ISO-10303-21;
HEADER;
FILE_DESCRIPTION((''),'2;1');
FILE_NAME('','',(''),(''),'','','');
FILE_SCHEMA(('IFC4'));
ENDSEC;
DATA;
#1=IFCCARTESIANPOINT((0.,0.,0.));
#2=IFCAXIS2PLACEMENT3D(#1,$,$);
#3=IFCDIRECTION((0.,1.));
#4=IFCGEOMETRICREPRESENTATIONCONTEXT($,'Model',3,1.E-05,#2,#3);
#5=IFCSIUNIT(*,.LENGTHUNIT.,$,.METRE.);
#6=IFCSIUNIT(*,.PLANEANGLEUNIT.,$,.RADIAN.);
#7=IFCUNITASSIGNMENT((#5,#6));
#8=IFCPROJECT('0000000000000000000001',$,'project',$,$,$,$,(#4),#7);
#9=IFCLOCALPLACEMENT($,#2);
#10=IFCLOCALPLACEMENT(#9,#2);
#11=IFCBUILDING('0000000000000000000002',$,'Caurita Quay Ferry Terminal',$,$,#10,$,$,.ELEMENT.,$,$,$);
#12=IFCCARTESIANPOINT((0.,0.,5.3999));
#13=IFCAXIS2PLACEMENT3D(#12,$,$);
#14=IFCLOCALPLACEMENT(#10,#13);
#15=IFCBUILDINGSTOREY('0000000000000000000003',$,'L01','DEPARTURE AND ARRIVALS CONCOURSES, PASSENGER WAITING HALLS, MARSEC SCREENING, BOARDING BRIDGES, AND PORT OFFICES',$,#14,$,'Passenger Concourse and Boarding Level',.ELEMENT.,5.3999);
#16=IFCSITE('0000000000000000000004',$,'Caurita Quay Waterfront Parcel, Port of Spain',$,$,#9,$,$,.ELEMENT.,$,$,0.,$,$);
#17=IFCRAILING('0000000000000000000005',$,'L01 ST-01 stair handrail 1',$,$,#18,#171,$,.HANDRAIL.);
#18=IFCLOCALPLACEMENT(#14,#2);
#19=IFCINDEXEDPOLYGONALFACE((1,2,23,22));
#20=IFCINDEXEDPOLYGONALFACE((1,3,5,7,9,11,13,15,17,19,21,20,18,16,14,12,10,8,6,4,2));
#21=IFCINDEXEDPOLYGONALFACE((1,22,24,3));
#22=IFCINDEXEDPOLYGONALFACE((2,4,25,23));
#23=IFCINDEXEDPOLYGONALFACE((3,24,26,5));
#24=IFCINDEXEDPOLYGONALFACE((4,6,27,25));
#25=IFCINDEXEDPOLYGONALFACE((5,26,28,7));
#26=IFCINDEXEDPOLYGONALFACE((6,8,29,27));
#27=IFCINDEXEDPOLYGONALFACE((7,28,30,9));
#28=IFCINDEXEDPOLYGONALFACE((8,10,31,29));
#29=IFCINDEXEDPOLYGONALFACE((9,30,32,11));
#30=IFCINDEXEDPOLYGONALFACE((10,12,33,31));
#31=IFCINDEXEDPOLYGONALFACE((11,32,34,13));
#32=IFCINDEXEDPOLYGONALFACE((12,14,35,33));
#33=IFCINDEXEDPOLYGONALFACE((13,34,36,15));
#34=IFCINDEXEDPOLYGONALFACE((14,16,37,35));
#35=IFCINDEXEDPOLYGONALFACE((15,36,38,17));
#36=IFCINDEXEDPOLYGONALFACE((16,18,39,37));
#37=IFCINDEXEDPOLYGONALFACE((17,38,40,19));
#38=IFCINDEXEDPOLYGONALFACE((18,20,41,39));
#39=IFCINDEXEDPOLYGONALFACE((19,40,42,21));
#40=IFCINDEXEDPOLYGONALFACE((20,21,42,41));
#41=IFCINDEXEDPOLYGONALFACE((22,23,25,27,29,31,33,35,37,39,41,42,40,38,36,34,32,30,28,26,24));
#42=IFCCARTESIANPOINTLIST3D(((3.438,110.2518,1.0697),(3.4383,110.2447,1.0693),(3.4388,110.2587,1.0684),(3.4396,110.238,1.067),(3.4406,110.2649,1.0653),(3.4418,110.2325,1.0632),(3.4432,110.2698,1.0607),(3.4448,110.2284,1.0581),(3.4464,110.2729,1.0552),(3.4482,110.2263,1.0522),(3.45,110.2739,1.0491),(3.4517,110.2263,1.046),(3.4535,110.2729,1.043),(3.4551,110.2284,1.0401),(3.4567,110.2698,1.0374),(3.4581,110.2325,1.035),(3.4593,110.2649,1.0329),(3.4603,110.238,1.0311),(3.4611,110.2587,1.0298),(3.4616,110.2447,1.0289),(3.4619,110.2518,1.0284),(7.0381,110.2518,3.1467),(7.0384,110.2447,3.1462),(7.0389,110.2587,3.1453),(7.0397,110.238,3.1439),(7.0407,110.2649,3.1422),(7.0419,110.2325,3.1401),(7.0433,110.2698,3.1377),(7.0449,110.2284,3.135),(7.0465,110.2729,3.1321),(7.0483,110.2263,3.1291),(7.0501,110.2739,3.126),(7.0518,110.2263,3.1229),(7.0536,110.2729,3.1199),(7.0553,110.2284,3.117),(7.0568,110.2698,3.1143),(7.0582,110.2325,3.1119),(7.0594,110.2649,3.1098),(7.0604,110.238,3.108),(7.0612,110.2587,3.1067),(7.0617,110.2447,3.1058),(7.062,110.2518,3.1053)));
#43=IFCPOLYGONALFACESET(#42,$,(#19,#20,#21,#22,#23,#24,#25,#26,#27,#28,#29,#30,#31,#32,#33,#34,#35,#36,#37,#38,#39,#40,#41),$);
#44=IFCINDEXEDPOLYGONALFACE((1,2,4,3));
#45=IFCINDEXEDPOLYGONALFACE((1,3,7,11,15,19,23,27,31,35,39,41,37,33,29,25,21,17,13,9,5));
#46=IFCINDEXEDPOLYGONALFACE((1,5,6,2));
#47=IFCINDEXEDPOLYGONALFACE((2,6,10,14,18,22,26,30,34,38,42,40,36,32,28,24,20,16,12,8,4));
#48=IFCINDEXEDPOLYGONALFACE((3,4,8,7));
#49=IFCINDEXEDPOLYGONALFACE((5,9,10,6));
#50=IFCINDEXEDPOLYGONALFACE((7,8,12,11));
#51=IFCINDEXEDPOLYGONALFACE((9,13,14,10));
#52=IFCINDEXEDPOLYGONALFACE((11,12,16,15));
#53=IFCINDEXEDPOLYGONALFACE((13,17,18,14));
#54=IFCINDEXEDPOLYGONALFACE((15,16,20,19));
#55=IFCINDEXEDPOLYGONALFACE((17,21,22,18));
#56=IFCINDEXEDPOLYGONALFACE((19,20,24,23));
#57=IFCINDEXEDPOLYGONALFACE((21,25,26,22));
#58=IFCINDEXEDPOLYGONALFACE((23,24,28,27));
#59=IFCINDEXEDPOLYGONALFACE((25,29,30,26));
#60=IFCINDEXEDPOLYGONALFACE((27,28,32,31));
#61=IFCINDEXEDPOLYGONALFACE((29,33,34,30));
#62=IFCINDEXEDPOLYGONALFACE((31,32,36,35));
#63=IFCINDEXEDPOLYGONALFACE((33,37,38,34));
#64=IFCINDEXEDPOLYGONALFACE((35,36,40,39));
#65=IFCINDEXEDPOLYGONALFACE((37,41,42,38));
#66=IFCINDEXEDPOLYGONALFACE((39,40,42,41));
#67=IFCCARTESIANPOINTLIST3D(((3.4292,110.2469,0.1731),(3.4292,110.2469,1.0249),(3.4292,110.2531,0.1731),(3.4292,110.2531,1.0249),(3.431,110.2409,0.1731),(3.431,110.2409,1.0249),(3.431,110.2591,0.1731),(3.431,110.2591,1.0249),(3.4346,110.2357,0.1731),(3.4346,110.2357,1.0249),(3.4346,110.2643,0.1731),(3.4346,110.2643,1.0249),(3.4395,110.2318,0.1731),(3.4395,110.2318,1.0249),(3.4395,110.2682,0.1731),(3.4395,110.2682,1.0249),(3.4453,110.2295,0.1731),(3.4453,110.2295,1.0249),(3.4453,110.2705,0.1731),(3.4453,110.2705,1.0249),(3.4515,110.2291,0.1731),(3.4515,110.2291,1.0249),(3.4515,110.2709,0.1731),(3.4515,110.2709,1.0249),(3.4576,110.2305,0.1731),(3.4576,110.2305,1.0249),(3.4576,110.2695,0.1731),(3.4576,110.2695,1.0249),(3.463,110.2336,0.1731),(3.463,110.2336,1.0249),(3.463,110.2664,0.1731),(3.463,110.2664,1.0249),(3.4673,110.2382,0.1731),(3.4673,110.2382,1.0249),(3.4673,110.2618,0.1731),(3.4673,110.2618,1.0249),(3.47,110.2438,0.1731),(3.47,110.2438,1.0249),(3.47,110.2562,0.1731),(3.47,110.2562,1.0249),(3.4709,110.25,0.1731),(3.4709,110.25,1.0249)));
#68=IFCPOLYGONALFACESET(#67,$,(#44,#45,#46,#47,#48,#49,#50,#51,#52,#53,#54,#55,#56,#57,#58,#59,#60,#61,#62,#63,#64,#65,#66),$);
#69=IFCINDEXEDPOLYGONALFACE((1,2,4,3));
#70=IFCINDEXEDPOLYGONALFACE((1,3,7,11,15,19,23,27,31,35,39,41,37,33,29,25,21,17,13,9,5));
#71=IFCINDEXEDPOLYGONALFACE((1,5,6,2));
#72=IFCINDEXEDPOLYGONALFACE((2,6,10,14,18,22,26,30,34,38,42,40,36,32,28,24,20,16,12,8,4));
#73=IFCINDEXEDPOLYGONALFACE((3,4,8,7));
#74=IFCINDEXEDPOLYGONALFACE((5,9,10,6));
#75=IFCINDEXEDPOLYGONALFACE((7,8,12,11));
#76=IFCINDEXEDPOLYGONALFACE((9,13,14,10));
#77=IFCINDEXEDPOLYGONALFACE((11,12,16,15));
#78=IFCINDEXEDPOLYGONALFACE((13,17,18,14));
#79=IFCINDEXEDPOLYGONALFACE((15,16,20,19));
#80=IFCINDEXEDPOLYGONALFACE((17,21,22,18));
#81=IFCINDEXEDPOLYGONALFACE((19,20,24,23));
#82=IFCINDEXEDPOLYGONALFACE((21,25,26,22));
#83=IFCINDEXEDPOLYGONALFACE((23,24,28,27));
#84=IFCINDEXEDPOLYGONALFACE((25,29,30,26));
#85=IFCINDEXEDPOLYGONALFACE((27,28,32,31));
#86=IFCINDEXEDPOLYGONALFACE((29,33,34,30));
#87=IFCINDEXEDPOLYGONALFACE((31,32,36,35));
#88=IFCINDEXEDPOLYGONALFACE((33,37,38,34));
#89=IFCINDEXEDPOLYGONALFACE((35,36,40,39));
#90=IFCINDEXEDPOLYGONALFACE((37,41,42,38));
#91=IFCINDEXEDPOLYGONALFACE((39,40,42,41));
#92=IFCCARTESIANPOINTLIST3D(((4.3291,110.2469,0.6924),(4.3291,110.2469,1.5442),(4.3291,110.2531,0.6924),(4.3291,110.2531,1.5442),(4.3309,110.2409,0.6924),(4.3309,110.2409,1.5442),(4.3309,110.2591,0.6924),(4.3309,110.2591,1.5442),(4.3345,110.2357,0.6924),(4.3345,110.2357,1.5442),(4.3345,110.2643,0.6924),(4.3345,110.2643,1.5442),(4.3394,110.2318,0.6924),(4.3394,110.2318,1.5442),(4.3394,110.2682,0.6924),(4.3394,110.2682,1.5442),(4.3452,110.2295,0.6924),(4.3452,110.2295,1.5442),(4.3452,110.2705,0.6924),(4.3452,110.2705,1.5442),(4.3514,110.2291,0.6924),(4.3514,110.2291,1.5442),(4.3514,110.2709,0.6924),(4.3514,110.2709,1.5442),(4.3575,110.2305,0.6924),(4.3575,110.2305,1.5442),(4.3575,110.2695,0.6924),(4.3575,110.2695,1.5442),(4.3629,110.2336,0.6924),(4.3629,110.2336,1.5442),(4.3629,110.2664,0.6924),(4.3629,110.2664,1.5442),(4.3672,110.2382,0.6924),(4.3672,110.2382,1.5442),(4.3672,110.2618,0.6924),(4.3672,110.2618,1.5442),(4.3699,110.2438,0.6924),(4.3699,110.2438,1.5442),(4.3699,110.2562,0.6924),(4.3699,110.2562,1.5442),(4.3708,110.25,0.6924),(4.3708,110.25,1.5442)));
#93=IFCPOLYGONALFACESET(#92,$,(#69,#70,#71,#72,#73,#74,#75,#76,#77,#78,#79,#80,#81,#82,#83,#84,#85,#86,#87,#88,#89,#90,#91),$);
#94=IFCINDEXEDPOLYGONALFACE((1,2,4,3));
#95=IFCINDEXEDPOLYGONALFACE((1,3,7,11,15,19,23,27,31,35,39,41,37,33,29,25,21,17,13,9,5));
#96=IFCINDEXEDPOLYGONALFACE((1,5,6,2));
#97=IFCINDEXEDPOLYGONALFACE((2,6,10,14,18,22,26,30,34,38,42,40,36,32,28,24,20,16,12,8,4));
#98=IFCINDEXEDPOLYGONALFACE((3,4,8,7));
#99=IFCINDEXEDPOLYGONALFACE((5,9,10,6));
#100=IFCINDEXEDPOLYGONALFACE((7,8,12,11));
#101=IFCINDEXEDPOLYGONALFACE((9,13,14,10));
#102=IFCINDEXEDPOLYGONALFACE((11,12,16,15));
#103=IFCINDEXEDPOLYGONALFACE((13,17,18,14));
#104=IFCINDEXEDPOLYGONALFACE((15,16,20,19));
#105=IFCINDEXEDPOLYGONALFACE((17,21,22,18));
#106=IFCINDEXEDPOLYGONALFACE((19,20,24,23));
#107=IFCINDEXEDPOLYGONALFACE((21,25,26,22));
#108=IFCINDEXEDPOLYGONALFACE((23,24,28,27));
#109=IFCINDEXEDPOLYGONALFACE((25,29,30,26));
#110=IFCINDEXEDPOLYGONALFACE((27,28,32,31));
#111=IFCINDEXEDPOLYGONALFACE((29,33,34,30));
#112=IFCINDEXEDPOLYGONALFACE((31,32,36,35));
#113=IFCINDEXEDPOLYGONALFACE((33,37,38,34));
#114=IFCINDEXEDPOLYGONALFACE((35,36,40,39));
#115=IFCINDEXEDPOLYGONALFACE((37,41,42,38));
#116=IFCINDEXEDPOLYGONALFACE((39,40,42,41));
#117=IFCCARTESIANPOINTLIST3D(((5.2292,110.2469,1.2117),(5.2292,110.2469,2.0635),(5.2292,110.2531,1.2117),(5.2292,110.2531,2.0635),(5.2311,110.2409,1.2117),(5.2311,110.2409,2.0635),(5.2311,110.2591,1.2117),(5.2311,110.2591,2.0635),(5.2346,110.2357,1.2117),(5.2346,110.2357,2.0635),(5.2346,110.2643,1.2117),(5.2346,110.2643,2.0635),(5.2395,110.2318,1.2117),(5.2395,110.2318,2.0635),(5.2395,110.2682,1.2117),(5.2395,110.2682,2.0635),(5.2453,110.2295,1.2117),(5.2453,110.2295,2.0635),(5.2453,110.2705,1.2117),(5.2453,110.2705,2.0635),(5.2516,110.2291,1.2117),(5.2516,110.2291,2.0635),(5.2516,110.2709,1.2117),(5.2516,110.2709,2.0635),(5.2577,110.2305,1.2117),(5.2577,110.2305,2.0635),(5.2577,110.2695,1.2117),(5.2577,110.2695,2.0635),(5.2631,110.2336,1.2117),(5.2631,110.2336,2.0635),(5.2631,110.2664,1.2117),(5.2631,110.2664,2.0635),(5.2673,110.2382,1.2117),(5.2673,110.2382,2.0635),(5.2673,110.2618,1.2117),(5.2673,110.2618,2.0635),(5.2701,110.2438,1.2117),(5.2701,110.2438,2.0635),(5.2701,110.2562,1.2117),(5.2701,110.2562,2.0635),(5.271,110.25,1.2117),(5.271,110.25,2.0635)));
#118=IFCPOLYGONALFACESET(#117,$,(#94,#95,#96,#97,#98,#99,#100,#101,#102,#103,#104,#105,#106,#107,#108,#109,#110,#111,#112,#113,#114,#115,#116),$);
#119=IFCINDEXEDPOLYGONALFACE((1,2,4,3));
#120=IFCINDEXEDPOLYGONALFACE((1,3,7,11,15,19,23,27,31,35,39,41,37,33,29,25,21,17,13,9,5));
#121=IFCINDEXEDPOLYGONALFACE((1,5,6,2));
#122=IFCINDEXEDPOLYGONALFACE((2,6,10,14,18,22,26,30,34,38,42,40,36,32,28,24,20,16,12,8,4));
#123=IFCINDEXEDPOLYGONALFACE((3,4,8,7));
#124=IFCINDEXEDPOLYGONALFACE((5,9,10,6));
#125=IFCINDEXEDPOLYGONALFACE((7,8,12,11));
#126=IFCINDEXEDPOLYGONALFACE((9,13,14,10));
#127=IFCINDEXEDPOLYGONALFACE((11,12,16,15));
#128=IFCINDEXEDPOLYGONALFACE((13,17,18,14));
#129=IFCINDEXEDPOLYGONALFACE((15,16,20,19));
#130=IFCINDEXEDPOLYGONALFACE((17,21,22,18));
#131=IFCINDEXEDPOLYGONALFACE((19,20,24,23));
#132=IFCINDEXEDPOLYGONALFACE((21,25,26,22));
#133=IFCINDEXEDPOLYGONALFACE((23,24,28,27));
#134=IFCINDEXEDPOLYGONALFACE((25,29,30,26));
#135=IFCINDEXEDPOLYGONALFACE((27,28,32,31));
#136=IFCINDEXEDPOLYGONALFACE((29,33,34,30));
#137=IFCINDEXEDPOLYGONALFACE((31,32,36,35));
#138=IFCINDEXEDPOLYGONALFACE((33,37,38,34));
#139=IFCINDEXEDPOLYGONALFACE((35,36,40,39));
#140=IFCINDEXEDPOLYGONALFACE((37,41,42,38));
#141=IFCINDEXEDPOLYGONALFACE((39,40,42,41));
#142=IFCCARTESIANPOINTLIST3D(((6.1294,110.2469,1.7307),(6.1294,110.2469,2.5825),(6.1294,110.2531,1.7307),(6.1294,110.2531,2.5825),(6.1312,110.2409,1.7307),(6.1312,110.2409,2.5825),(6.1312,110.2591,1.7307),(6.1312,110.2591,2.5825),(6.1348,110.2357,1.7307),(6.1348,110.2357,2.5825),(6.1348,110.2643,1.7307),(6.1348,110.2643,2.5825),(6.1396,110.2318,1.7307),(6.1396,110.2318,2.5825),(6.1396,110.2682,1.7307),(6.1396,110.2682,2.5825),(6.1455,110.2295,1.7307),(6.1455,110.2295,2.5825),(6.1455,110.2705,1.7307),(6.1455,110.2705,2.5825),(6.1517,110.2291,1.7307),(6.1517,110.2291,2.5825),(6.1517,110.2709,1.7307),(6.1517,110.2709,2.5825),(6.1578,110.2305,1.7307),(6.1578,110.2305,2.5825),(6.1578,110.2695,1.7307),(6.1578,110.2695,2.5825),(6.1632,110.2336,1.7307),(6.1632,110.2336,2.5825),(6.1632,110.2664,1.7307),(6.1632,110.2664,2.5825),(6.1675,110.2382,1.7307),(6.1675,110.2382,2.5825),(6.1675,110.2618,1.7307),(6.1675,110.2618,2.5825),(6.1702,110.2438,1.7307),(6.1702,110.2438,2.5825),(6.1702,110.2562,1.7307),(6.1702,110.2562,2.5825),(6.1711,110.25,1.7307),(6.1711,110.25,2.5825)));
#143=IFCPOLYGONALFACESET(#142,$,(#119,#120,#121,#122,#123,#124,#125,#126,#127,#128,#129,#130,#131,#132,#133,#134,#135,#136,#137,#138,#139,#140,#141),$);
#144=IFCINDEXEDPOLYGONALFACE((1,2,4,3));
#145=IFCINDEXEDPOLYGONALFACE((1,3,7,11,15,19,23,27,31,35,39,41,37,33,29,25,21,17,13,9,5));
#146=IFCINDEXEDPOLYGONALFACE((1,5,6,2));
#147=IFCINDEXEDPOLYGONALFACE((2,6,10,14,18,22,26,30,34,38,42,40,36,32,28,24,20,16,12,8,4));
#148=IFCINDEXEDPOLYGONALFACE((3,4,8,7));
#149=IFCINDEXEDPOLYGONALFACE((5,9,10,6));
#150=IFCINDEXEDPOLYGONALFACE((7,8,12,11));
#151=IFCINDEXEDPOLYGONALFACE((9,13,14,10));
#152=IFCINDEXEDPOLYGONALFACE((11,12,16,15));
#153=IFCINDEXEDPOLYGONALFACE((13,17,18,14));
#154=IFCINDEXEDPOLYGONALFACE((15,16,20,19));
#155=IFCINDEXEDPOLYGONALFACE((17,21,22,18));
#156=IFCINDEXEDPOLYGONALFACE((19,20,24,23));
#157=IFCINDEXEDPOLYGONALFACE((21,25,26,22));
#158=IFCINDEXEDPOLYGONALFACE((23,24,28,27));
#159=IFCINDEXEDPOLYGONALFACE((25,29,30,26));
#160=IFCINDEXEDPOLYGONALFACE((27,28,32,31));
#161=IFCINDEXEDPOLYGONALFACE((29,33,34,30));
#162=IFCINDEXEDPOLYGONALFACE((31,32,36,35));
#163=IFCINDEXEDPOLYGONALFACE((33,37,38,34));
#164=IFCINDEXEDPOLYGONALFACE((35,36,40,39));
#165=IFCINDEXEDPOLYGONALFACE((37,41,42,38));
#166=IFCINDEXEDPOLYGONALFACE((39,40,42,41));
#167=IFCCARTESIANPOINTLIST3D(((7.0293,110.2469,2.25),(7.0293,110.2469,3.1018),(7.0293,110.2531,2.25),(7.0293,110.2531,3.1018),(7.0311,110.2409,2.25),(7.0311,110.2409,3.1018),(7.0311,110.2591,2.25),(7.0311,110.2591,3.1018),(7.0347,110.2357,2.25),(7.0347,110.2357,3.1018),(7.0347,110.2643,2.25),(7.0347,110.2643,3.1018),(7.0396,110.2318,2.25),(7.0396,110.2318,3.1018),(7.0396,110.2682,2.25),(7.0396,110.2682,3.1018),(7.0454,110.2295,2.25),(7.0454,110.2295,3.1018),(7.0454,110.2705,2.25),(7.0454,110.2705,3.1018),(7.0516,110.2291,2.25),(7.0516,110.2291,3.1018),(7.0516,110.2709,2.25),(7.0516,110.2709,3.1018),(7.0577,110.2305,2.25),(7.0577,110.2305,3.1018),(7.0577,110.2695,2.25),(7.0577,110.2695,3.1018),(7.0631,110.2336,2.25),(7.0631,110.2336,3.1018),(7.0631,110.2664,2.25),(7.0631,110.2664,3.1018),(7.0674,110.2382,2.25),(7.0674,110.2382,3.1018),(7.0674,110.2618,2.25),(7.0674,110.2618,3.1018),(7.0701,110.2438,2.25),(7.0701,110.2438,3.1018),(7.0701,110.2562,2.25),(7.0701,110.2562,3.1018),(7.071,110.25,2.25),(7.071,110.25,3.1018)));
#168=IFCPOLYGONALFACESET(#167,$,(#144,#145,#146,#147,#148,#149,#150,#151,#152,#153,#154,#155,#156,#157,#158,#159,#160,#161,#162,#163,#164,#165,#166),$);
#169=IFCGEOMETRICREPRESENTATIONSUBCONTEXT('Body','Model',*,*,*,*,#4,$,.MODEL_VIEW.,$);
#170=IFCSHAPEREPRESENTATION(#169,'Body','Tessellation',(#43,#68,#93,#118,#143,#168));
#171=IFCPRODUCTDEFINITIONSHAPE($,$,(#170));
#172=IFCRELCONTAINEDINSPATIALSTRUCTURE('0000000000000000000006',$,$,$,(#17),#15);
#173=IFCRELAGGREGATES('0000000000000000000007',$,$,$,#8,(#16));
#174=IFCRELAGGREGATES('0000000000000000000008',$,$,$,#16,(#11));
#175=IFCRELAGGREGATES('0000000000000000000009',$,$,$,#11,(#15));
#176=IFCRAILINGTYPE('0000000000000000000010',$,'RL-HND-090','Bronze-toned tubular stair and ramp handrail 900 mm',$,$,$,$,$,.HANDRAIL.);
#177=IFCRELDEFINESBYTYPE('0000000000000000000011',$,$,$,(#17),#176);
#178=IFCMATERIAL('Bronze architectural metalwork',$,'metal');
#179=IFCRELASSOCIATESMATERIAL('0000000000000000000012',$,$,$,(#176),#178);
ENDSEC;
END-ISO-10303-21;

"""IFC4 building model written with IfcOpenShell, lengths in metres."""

from ifc_helpers import new_model, si_unit, direction, frame, origin, origin_2d, place, context, subcontext, project, spatial, circle, extrude, material, type_object, element, save


model = new_model("IFC4")

# Units and contexts
model_context = context("Model", 3, precision=1e-05, world=origin(), true_north=direction((0.0, 1.0)))
body_context = subcontext(model_context, "Body", "Model", "MODEL_VIEW")
ifc_project = project(units=[si_unit("LENGTHUNIT", "METRE"), si_unit("PLANEANGLEUNIT", "RADIAN")], contexts=[model_context])

# Site, building, storey
site_placement = place(None, origin())
site = spatial("IfcSite", under=ifc_project, at=site_placement, Name="Caurita Quay Waterfront Parcel, Port of Spain", CompositionType="ELEMENT", RefElevation=0.0)
building_placement = place(site_placement, origin())
building = spatial("IfcBuilding", under=site, at=building_placement, Name="Caurita Quay Ferry Terminal", CompositionType="ELEMENT")
storey_placement = place(building_placement, frame((0.0, 0.0, 5.3999)))
storey = spatial("IfcBuildingStorey", under=building, at=storey_placement, Name="L01", Description="DEPARTURE AND ARRIVALS CONCOURSES, PASSENGER WAITING HALLS, MARSEC SCREENING, BOARDING BRIDGES, AND PORT OFFICES", LongName="Passenger Concourse and Boarding Level", CompositionType="ELEMENT", Elevation=5.3999)

# Railing
ifc_material_1 = material(Name="Bronze architectural metalwork", Category="metal")
railing_type_1 = type_object("IfcRailingType", Name="RL-HND-090", Description="Bronze-toned tubular stair and ramp handrail 900 mm", PredefinedType="HANDRAIL", material=ifc_material_1)
railing_1_placement = place(storey_placement, frame((3.45, 110.25, 0.1731)))
element("IfcRailing", 1, at=railing_1_placement, inside=storey, type_object=railing_type_1, Name="L01 ST-01 stair handrail 1", PredefinedType="HANDRAIL", context=body_context, shape_type="SweptSolid", body=[
    extrude(circle(Radius=0.0239, at=origin_2d()), frame((0.0, 0.0, 0.876), z_axis=(0.866193, 0.0, 0.499709), x_axis=(0.0, 1.0, 0.0)), (0.0, 0.0, 1.0), 4.1562),
    extrude(circle(Radius=0.021, at=origin_2d()), origin(), (0.0, 0.0, 1.0), 0.8518),
    extrude(circle(Radius=0.021, at=origin_2d()), frame((0.8999, 0.0, 0.5193)), (0.0, 0.0, 1.0), 0.8518),
    extrude(circle(Radius=0.021, at=origin_2d()), frame((1.8, 0.0, 1.0386)), (0.0, 0.0, 1.0), 0.8518),
    extrude(circle(Radius=0.021, at=origin_2d()), frame((2.7002, 0.0, 1.5576)), (0.0, 0.0, 1.0), 0.8518),
    extrude(circle(Radius=0.021, at=origin_2d()), frame((3.6001, 0.0, 2.0769)), (0.0, 0.0, 1.0), 0.8518),
])

save(model, "model.ifc")
